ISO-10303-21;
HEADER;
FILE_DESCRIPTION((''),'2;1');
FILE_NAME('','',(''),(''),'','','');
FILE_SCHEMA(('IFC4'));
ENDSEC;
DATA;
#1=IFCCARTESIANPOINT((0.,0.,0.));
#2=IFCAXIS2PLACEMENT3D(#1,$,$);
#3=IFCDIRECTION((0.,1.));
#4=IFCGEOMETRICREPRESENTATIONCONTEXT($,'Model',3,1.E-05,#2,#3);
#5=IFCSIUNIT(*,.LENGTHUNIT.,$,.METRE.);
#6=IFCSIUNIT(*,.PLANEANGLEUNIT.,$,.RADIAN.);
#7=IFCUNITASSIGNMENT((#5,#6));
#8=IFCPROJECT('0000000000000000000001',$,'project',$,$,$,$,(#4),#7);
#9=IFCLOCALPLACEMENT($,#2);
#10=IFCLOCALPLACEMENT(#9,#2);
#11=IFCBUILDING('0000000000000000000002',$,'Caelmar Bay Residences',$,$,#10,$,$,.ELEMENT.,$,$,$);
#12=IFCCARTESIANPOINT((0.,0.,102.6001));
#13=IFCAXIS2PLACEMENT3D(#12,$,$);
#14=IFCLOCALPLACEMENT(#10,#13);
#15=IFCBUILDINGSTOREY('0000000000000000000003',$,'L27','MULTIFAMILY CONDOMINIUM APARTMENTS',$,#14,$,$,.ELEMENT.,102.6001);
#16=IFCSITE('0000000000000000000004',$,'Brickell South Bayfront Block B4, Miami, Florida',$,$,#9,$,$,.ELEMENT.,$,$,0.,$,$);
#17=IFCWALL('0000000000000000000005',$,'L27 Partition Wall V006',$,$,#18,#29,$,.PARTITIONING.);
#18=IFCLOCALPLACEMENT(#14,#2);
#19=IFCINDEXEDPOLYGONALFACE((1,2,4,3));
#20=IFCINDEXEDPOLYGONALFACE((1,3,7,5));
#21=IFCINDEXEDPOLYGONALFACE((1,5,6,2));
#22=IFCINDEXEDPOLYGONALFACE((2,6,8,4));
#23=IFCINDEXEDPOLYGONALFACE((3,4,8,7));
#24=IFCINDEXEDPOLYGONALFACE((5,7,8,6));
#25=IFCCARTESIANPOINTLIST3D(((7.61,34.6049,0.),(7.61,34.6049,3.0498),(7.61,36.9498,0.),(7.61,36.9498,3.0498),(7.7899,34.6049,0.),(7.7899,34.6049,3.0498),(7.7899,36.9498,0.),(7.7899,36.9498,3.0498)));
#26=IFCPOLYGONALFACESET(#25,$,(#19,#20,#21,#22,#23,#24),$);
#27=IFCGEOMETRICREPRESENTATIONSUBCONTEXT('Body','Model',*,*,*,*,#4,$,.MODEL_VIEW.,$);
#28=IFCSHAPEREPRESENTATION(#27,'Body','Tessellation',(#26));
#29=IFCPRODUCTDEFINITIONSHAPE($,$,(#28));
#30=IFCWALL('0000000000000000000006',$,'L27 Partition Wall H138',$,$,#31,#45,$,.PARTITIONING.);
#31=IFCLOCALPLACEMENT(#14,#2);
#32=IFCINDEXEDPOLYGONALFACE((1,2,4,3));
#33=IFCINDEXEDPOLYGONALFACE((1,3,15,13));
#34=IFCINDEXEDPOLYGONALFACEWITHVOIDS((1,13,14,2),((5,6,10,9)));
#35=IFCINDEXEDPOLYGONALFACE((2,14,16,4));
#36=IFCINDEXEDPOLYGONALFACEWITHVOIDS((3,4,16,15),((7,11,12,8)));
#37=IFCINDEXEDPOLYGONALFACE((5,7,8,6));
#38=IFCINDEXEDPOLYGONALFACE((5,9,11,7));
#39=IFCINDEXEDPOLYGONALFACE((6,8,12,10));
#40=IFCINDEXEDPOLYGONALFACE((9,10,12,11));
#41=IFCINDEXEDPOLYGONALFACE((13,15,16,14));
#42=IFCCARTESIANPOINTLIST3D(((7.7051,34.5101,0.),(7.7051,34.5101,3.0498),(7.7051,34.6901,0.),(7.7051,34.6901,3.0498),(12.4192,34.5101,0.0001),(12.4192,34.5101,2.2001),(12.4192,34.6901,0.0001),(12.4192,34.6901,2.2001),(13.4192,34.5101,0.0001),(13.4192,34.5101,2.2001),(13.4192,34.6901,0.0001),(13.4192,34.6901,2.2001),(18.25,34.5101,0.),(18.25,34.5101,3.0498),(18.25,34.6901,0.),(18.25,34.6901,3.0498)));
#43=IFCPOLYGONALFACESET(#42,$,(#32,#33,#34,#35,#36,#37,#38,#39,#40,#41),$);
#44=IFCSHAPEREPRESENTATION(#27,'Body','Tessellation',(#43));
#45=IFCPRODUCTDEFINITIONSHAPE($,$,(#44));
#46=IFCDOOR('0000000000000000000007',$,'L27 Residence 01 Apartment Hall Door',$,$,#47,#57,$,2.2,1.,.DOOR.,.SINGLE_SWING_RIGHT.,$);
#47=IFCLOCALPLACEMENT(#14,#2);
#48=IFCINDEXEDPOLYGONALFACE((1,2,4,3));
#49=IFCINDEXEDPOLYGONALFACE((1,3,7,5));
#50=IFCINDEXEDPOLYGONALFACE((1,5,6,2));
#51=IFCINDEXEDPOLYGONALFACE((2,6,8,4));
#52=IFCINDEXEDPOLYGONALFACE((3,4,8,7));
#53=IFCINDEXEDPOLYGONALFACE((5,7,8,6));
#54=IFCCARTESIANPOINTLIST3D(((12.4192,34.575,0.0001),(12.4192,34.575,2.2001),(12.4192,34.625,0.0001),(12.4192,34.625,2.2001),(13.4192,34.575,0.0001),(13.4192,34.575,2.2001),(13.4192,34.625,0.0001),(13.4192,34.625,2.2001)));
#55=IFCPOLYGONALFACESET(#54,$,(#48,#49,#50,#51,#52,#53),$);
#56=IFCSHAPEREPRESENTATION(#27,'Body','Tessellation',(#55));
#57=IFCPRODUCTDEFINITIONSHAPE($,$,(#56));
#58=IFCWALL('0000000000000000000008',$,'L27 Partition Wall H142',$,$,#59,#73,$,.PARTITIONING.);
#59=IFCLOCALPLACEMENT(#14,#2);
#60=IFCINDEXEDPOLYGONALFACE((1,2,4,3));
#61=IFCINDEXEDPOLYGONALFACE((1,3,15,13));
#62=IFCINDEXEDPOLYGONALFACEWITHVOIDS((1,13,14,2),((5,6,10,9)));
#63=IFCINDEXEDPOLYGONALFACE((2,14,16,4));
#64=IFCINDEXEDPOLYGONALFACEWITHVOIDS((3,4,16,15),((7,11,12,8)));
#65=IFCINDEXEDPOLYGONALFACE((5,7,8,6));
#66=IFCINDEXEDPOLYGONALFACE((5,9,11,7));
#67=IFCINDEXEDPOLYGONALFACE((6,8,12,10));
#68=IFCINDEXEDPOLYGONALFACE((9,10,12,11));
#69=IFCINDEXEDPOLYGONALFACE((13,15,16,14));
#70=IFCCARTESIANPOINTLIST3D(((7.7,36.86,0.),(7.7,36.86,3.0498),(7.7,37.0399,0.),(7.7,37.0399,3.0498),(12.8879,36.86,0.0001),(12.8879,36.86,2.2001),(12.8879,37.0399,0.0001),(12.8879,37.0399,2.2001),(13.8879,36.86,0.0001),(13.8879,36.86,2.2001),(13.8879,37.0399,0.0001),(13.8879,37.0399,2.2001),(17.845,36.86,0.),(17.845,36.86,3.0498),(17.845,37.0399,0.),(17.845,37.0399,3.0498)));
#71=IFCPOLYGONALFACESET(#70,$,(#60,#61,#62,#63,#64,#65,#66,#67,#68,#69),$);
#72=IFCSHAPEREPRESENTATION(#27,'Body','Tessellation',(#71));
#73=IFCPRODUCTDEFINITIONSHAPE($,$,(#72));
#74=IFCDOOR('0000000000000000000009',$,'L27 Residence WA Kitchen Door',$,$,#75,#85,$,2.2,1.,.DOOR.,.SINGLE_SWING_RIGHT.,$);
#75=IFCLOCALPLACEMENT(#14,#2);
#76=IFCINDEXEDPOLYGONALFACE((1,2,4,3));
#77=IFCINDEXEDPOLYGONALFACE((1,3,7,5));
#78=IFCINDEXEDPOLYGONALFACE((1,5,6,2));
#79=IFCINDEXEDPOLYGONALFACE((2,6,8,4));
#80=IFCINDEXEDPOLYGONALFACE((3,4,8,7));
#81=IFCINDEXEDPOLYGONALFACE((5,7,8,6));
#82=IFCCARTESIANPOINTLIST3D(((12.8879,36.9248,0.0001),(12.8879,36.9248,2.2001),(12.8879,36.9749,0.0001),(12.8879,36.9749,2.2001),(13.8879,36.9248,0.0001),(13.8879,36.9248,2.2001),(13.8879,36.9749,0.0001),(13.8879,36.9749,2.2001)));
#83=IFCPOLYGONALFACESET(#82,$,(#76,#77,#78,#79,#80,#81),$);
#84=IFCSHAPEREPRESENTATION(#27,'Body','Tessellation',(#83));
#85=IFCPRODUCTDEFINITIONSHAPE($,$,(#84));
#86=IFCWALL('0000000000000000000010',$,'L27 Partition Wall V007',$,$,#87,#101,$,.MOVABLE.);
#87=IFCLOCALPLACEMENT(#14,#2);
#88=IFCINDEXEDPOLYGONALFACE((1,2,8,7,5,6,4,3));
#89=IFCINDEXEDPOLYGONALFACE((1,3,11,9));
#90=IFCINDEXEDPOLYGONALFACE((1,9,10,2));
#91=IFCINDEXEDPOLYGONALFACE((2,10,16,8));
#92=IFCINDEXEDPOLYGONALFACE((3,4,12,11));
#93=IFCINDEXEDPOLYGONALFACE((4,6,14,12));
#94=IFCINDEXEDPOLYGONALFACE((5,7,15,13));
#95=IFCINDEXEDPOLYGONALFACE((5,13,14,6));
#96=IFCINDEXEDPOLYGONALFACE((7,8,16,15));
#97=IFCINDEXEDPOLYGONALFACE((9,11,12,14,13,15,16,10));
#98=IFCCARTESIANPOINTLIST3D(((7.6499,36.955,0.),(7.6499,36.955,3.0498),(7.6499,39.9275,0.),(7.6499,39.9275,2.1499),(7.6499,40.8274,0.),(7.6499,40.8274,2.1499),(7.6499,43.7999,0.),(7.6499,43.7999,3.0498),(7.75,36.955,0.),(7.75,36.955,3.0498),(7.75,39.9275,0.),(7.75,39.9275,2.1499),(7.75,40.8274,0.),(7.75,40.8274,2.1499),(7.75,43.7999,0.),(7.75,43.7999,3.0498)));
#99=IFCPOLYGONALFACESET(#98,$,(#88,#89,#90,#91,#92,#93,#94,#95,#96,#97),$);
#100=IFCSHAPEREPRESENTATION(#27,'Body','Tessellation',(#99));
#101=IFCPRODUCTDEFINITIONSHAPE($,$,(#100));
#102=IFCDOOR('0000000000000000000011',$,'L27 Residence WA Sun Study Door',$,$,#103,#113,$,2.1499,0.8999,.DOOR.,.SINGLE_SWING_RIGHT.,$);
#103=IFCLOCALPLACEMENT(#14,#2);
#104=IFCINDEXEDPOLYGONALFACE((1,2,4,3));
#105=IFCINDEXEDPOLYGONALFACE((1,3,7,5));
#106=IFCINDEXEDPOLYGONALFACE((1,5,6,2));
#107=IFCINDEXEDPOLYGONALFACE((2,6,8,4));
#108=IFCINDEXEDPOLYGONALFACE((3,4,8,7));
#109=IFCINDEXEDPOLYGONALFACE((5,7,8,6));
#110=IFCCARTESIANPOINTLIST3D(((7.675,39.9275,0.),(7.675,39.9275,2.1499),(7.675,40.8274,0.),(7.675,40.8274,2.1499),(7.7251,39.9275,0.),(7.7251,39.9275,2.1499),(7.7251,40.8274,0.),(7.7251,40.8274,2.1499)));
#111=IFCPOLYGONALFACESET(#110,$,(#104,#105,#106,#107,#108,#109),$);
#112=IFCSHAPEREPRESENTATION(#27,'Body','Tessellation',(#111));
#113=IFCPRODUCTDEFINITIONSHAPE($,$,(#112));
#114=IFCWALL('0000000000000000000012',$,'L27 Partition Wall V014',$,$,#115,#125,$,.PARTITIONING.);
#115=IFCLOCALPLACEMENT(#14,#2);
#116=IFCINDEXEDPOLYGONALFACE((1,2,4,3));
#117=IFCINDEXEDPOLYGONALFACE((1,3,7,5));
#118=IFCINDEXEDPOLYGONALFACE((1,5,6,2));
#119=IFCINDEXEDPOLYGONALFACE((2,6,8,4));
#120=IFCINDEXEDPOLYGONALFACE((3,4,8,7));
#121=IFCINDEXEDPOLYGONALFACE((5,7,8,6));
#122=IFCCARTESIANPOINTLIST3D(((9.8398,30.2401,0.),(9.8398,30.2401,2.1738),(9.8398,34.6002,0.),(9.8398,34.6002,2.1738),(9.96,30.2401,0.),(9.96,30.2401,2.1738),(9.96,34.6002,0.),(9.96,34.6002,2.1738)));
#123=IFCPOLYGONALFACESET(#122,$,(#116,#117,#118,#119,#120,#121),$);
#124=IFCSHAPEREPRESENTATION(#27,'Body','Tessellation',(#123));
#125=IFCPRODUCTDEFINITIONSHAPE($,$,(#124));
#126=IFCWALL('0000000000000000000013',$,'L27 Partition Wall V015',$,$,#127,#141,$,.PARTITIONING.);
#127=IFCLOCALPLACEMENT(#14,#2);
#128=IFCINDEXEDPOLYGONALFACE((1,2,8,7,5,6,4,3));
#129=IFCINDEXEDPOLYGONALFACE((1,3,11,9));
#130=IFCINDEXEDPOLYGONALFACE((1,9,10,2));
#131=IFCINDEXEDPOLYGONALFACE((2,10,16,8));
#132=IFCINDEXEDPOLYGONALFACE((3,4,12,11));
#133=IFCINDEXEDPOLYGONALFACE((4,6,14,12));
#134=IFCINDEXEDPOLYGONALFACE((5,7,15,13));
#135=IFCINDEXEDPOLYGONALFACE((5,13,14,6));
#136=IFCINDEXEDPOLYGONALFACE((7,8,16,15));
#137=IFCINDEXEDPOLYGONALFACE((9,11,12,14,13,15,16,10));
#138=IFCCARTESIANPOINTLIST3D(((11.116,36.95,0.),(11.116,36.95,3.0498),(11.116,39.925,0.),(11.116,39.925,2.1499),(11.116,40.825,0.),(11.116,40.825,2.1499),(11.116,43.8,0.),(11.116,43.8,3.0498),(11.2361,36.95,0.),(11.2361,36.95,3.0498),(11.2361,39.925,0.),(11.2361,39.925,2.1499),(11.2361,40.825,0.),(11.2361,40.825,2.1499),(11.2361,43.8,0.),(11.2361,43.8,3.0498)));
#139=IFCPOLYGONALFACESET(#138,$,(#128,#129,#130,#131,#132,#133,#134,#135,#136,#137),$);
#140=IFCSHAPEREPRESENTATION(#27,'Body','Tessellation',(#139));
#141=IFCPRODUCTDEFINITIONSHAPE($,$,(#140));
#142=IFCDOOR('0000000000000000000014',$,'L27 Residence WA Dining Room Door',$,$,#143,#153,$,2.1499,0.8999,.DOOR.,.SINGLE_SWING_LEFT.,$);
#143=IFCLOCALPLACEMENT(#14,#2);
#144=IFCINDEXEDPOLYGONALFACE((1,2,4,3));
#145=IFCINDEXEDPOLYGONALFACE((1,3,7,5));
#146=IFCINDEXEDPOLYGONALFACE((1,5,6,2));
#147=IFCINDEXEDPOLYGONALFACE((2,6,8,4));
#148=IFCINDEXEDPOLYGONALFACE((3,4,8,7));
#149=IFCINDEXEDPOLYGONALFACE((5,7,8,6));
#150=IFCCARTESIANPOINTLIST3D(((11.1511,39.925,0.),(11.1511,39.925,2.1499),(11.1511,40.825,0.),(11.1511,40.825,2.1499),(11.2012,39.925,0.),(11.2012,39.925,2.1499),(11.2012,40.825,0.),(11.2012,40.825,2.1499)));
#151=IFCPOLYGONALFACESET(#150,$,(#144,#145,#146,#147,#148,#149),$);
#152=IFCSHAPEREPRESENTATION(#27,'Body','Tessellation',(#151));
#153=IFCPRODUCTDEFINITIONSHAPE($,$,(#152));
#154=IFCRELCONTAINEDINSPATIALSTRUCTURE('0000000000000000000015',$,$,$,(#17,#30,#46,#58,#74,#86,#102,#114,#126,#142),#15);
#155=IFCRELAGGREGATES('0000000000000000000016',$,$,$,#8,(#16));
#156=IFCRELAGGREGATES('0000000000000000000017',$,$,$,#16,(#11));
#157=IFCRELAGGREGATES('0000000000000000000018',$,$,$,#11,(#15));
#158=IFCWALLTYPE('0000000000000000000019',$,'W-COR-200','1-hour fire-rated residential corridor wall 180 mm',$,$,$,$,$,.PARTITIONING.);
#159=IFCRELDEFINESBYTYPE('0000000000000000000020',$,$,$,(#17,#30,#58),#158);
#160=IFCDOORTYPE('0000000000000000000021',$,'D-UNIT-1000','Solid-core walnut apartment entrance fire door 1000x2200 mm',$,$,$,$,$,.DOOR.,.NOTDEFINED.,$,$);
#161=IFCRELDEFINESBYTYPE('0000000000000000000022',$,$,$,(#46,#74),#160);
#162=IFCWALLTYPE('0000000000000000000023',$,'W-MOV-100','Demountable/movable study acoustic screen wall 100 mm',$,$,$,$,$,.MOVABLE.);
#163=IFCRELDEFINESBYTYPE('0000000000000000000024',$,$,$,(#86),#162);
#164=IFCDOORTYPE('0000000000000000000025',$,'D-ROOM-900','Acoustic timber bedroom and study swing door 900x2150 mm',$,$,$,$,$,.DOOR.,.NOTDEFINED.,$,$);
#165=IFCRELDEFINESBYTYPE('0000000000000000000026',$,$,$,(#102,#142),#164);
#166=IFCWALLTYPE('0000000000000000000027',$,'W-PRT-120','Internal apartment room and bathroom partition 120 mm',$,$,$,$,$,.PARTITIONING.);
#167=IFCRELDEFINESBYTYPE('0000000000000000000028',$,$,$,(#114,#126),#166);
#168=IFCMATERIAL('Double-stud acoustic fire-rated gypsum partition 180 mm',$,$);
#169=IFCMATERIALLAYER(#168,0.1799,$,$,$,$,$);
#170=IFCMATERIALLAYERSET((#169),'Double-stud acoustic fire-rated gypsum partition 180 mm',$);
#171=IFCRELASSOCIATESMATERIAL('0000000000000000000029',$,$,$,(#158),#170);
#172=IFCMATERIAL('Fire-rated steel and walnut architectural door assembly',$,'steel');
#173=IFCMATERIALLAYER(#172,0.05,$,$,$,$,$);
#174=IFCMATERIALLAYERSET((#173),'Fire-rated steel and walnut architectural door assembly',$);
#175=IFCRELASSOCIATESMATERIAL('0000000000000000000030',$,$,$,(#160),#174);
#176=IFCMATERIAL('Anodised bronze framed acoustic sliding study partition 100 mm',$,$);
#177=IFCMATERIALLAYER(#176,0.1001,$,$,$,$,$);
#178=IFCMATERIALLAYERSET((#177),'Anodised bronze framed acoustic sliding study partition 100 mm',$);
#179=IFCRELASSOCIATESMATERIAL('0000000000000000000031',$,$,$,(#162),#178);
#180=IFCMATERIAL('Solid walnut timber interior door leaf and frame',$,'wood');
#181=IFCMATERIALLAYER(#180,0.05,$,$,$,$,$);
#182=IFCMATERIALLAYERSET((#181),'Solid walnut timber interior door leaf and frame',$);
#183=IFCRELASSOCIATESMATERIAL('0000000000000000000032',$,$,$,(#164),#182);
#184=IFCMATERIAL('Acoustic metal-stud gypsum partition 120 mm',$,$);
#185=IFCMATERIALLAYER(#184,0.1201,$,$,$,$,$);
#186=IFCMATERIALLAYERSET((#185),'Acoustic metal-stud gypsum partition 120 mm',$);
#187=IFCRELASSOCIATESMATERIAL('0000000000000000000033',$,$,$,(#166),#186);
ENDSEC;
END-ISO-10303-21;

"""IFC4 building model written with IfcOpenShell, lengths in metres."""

from ifc_helpers import new_model, si_unit, direction, frame, frame_2d, origin, place, context, subcontext, project, spatial, rectangle, extrude, material, layer, layer_set, type_object, element, fill, save


model = new_model("IFC4")

# Units and contexts
model_context = context("Model", 3, precision=1e-05, world=origin(), true_north=direction((0.0, 1.0)))
body_context = subcontext(model_context, "Body", "Model", "MODEL_VIEW")
ifc_project = project(units=[si_unit("LENGTHUNIT", "METRE"), si_unit("PLANEANGLEUNIT", "RADIAN")], contexts=[model_context])

# Site, building, storey
site_placement = place(None, origin())
site = spatial("IfcSite", under=ifc_project, at=site_placement, Name="Brickell South Bayfront Block B4, Miami, Florida", CompositionType="ELEMENT", RefElevation=0.0)
building_placement = place(site_placement, origin())
building = spatial("IfcBuilding", under=site, at=building_placement, Name="Caelmar Bay Residences", CompositionType="ELEMENT")
storey_placement = place(building_placement, frame((0.0, 0.0, 102.6001)))
storey = spatial("IfcBuildingStorey", under=building, at=storey_placement, Name="L27", Description="MULTIFAMILY CONDOMINIUM APARTMENTS", CompositionType="ELEMENT", Elevation=102.6001)

# Shared definitions
ifc_material_1 = material(Name="Fire-rated steel and walnut architectural door assembly", Category="steel")

# Wall
ifc_material_2 = material(Name="Double-stud acoustic fire-rated gypsum partition 180 mm")
ifc_layer_1 = layer(ifc_material_2, 0.1799)
ifc_layer_set_1 = layer_set([ifc_layer_1], Name="Double-stud acoustic fire-rated gypsum partition 180 mm")
wall_type_1 = type_object("IfcWallType", Name="W-COR-200", Description="1-hour fire-rated residential corridor wall 180 mm", PredefinedType="PARTITIONING", material=ifc_layer_set_1)
wall_1_placement = place(storey_placement, frame((7.7, 34.605, 0.0), z_axis=(0.0, 0.0, 1.0), x_axis=(0.0, 1.0, 0.0)))
element("IfcWall", 1, at=wall_1_placement, inside=storey, type_object=wall_type_1, Name="L27 Partition Wall V006", PredefinedType="PARTITIONING", context=body_context, shape_type="SweptSolid", body=[
    extrude(rectangle(XDim=2.345, YDim=0.1799, at=frame_2d((1.1724, 0.0))), origin(), (0.0, 0.0, 1.0), 3.0498),
])

# Walls, openings, doors
wall_2_placement = place(storey_placement, frame((7.7051, 34.6001, 0.0), z_axis=(0.0, 0.0, 1.0), x_axis=(1.0, 0.0, 0.0)))
wall_2 = element("IfcWall", 2, at=wall_2_placement, inside=storey, type_object=wall_type_1, Name="L27 Partition Wall H138", PredefinedType="PARTITIONING", context=body_context, shape_type="SweptSolid", body=[
    extrude(rectangle(XDim=10.5449, YDim=0.1799, at=frame_2d((5.2725, 0.0))), origin(), (0.0, 0.0, 1.0), 3.0498),
])
opening_1_placement = place(wall_2_placement, frame((4.7141, 0.0, 0.0)))
opening_1 = element("IfcOpeningElement", 3, at=opening_1_placement, cuts=wall_2, PredefinedType="OPENING", context=body_context, shape_type="SweptSolid", body=[
    extrude(rectangle(XDim=1.0, YDim=2.2, at=frame_2d((0.5, 1.1001))), frame((0.0, 0.0999, 0.0), z_axis=(0.0, -1.0, 0.0), x_axis=(1.0, 0.0, 0.0)), (0.0, 0.0, 1.0), 0.2),
])
ifc_layer_2 = layer(ifc_material_1, 0.05)
ifc_layer_set_2 = layer_set([ifc_layer_2], Name="Fire-rated steel and walnut architectural door assembly")
door_type_1 = type_object("IfcDoorType", Name="D-UNIT-1000", Description="Solid-core walnut apartment entrance fire door 1000x2200 mm", OperationType="NOTDEFINED", PredefinedType="DOOR", material=ifc_layer_set_2)
door_1_placement = place(opening_1_placement, origin())
door_1 = element("IfcDoor", 4, at=door_1_placement, inside=storey, type_object=door_type_1, Name="L27 Residence 01 Apartment Hall Door", OperationType="SINGLE_SWING_RIGHT", OverallHeight=2.2, OverallWidth=1.0, PredefinedType="DOOR", context=body_context, shape_type="SweptSolid", body=[
    extrude(rectangle(XDim=1.0, YDim=2.2, at=frame_2d((0.5, 1.1001))), frame((0.0, 0.0249, 0.0), z_axis=(0.0, -1.0, 0.0), x_axis=(1.0, 0.0, 0.0)), (0.0, 0.0, 1.0), 0.05),
])
fill(opening_1, door_1)
wall_3_placement = place(storey_placement, frame((7.7, 36.95, 0.0), z_axis=(0.0, 0.0, 1.0), x_axis=(1.0, 0.0, 0.0)))
wall_3 = element("IfcWall", 5, at=wall_3_placement, inside=storey, type_object=wall_type_1, Name="L27 Partition Wall H142", PredefinedType="PARTITIONING", context=body_context, shape_type="SweptSolid", body=[
    extrude(rectangle(XDim=10.145, YDim=0.1799, at=frame_2d((5.0725, 0.0))), origin(), (0.0, 0.0, 1.0), 3.0498),
])
opening_2_placement = place(wall_3_placement, frame((5.188, 0.0, 0.0)))
opening_2 = element("IfcOpeningElement", 6, at=opening_2_placement, cuts=wall_3, PredefinedType="OPENING", context=body_context, shape_type="SweptSolid", body=[
    extrude(rectangle(XDim=1.0, YDim=2.2, at=frame_2d((0.5, 1.1001))), frame((0.0, 0.0999, 0.0), z_axis=(0.0, -1.0, 0.0), x_axis=(1.0, 0.0, 0.0)), (0.0, 0.0, 1.0), 0.2),
])
door_2_placement = place(opening_2_placement, origin())
door_2 = element("IfcDoor", 7, at=door_2_placement, inside=storey, type_object=door_type_1, Name="L27 Residence WA Kitchen Door", OperationType="SINGLE_SWING_RIGHT", OverallHeight=2.2, OverallWidth=1.0, PredefinedType="DOOR", context=body_context, shape_type="SweptSolid", body=[
    extrude(rectangle(XDim=1.0, YDim=2.2, at=frame_2d((0.5, 1.1001))), frame((0.0, 0.0249, 0.0), z_axis=(0.0, -1.0, 0.0), x_axis=(1.0, 0.0, 0.0)), (0.0, 0.0, 1.0), 0.05),
])
fill(opening_2, door_2)
ifc_material_3 = material(Name="Anodised bronze framed acoustic sliding study partition 100 mm")
ifc_layer_3 = layer(ifc_material_3, 0.1001)
ifc_layer_set_3 = layer_set([ifc_layer_3], Name="Anodised bronze framed acoustic sliding study partition 100 mm")
wall_type_2 = type_object("IfcWallType", Name="W-MOV-100", Description="Demountable/movable study acoustic screen wall 100 mm", PredefinedType="MOVABLE", material=ifc_layer_set_3)
wall_4_placement = place(storey_placement, frame((7.7, 36.9551, 0.0), z_axis=(0.0, 0.0, 1.0), x_axis=(0.0, 1.0, 0.0)))
wall_4 = element("IfcWall", 8, at=wall_4_placement, inside=storey, type_object=wall_type_2, Name="L27 Partition Wall V007", PredefinedType="MOVABLE", context=body_context, shape_type="SweptSolid", body=[
    extrude(rectangle(XDim=6.845, YDim=0.1001, at=frame_2d((3.4224, 0.0))), origin(), (0.0, 0.0, 1.0), 3.0498),
])
opening_3_placement = place(wall_4_placement, frame((2.9724, 0.0, 0.0)))
opening_3 = element("IfcOpeningElement", 9, at=opening_3_placement, cuts=wall_4, PredefinedType="OPENING", context=body_context, shape_type="SweptSolid", body=[
    extrude(rectangle(XDim=0.8999, YDim=2.1499, at=frame_2d((0.45, 1.075))), frame((0.0, 0.0601, 0.0), z_axis=(0.0, -1.0, 0.0), x_axis=(1.0, 0.0, 0.0)), (0.0, 0.0, 1.0), 0.1201),
])
ifc_material_4 = material(Name="Solid walnut timber interior door leaf and frame", Category="wood")
ifc_layer_4 = layer(ifc_material_4, 0.05)
ifc_layer_set_4 = layer_set([ifc_layer_4], Name="Solid walnut timber interior door leaf and frame")
door_type_2 = type_object("IfcDoorType", Name="D-ROOM-900", Description="Acoustic timber bedroom and study swing door 900x2150 mm", OperationType="NOTDEFINED", PredefinedType="DOOR", material=ifc_layer_set_4)
door_3_placement = place(opening_3_placement, origin())
door_3 = element("IfcDoor", 10, at=door_3_placement, inside=storey, type_object=door_type_2, Name="L27 Residence WA Sun Study Door", OperationType="SINGLE_SWING_RIGHT", OverallHeight=2.1499, OverallWidth=0.8999, PredefinedType="DOOR", context=body_context, shape_type="SweptSolid", body=[
    extrude(rectangle(XDim=0.8999, YDim=2.1499, at=frame_2d((0.45, 1.075))), frame((0.0, 0.0249, 0.0), z_axis=(0.0, -1.0, 0.0), x_axis=(1.0, 0.0, 0.0)), (0.0, 0.0, 1.0), 0.05),
])
fill(opening_3, door_3)

# Wall
ifc_material_5 = material(Name="Acoustic metal-stud gypsum partition 120 mm")
ifc_layer_5 = layer(ifc_material_5, 0.1201)
ifc_layer_set_5 = layer_set([ifc_layer_5], Name="Acoustic metal-stud gypsum partition 120 mm")
wall_type_3 = type_object("IfcWallType", Name="W-PRT-120", Description="Internal apartment room and bathroom partition 120 mm", PredefinedType="PARTITIONING", material=ifc_layer_set_5)
wall_5_placement = place(storey_placement, frame((9.8999, 30.24, 0.0), z_axis=(0.0, 0.0, 1.0), x_axis=(0.0, 1.0, 0.0)))
element("IfcWall", 11, at=wall_5_placement, inside=storey, type_object=wall_type_3, Name="L27 Partition Wall V014", PredefinedType="PARTITIONING", context=body_context, shape_type="SweptSolid", body=[
    extrude(rectangle(XDim=4.3601, YDim=0.1201, at=frame_2d((2.1802, 0.0))), origin(), (0.0, 0.0, 1.0), 2.1738),
])

# Wall, opening, door
wall_6_placement = place(storey_placement, frame((11.176, 36.95, 0.0), z_axis=(0.0, 0.0, 1.0), x_axis=(0.0, 1.0, 0.0)))
wall_6 = element("IfcWall", 12, at=wall_6_placement, inside=storey, type_object=wall_type_3, Name="L27 Partition Wall V015", PredefinedType="PARTITIONING", context=body_context, shape_type="SweptSolid", body=[
    extrude(rectangle(XDim=6.8501, YDim=0.1201, at=frame_2d((3.425, 0.0))), origin(), (0.0, 0.0, 1.0), 3.0498),
])
opening_4_placement = place(wall_6_placement, frame((2.9751, 0.0, 0.0)))
opening_4 = element("IfcOpeningElement", 13, at=opening_4_placement, cuts=wall_6, PredefinedType="OPENING", context=body_context, shape_type="SweptSolid", body=[
    extrude(rectangle(XDim=0.8999, YDim=2.1499, at=frame_2d((0.45, 1.075))), frame((0.0, 0.0701, 0.0), z_axis=(0.0, -1.0, 0.0), x_axis=(1.0, 0.0, 0.0)), (0.0, 0.0, 1.0), 0.1401),
])
door_4_placement = place(opening_4_placement, origin())
door_4 = element("IfcDoor", 14, at=door_4_placement, inside=storey, type_object=door_type_2, Name="L27 Residence WA Dining Room Door", OperationType="SINGLE_SWING_LEFT", OverallHeight=2.1499, OverallWidth=0.8999, PredefinedType="DOOR", context=body_context, shape_type="SweptSolid", body=[
    extrude(rectangle(XDim=0.8999, YDim=2.1499, at=frame_2d((0.45, 1.075))), frame((0.0, 0.0249, 0.0), z_axis=(0.0, -1.0, 0.0), x_axis=(1.0, 0.0, 0.0)), (0.0, 0.0, 1.0), 0.05),
])
fill(opening_4, door_4)

save(model, "model.ifc")
